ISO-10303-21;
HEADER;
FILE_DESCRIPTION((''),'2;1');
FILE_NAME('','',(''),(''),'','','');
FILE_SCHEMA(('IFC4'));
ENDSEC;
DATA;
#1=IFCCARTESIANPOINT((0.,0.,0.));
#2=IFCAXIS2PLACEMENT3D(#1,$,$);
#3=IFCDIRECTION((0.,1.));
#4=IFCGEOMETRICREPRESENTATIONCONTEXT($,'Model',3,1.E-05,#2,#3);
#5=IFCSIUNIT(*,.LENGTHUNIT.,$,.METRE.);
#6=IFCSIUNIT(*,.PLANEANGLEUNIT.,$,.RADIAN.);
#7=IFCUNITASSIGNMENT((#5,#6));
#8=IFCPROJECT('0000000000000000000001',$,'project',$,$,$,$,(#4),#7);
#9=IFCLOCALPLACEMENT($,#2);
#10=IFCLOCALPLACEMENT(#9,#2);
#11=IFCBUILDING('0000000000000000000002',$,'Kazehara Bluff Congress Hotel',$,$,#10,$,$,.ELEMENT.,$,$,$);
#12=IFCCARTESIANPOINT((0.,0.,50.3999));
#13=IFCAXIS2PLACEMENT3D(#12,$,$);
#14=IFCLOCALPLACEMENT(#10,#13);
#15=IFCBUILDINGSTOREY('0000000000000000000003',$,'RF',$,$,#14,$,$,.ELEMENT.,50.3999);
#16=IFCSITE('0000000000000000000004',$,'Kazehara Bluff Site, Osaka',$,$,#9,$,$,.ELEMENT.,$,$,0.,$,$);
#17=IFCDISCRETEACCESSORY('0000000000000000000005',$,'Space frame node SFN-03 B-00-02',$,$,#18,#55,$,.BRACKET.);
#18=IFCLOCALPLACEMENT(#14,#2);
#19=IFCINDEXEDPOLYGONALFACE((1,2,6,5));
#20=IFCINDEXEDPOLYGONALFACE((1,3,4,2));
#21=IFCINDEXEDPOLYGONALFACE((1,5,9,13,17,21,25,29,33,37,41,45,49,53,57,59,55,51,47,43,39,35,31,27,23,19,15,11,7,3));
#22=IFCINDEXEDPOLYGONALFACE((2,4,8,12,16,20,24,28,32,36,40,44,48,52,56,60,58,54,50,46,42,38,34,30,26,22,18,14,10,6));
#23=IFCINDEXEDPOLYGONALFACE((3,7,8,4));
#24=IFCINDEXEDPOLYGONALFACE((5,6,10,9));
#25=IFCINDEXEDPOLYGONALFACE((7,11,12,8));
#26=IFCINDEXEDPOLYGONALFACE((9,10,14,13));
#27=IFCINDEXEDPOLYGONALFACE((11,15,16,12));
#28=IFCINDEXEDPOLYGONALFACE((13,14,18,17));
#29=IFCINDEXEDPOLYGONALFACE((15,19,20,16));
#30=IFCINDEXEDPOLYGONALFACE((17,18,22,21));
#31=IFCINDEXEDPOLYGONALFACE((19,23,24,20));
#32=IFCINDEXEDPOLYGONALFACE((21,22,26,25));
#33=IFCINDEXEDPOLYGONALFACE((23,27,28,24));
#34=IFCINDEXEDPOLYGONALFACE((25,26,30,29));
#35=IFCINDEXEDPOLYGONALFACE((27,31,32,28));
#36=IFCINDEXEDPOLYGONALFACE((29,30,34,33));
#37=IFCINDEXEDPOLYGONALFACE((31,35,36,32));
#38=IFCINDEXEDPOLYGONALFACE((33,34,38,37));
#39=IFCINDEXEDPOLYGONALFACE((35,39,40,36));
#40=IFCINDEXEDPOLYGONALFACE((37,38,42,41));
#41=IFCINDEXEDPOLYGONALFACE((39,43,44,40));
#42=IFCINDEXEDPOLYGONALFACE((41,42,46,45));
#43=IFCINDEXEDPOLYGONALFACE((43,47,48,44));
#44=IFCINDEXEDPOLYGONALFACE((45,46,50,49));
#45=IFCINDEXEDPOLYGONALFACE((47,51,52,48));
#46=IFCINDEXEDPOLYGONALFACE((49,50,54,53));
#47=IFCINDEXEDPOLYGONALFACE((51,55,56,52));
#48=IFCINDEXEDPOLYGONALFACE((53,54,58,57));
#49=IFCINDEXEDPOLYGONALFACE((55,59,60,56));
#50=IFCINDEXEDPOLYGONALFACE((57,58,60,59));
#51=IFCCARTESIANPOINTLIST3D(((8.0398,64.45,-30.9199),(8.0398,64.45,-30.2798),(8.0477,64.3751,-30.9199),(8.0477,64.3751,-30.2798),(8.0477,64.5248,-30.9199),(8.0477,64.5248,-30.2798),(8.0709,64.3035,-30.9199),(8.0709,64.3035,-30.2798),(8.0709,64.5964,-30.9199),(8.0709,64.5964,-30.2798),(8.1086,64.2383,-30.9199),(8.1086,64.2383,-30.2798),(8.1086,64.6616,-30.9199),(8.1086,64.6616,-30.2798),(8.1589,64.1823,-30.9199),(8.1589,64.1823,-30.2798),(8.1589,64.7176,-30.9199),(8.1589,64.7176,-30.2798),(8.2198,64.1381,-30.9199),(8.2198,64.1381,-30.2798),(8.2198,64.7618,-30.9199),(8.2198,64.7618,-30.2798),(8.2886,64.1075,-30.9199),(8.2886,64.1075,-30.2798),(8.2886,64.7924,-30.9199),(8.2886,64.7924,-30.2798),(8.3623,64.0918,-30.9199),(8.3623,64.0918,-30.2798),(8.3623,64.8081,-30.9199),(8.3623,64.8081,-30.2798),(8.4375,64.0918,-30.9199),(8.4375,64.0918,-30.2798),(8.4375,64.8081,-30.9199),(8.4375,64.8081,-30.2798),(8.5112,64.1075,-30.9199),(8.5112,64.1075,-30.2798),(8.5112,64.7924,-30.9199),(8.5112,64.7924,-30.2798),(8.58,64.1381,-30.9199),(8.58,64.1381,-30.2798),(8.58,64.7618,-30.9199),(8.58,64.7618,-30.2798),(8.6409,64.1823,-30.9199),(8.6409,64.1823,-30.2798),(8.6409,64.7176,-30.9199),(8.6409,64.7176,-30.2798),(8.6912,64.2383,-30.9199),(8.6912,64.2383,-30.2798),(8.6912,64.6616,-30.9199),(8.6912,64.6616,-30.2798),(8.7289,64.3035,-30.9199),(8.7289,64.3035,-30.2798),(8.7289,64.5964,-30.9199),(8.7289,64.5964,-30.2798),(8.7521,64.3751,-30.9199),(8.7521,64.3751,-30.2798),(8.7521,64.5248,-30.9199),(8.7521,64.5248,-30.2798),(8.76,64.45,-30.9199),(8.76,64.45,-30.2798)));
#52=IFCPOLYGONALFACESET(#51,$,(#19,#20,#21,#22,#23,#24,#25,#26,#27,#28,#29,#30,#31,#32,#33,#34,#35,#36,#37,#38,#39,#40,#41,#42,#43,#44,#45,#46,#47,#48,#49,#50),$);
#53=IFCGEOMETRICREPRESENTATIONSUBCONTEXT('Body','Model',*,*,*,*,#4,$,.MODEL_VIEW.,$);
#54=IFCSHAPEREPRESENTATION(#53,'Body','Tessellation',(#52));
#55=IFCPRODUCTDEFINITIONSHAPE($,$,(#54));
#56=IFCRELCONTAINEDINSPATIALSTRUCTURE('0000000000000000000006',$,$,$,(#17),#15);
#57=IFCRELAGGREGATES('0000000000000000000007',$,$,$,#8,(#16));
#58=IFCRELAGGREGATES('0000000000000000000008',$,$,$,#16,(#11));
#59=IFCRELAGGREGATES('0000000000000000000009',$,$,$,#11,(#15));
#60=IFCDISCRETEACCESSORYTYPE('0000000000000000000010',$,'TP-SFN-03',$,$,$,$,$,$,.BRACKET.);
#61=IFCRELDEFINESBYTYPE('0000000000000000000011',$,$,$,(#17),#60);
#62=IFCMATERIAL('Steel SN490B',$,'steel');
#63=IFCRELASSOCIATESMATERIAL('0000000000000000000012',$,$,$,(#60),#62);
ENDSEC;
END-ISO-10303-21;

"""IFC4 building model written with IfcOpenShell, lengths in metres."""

from ifc_helpers import new_model, si_unit, direction, frame, origin, origin_2d, place, context, subcontext, project, spatial, circle, extrude, material, material_profile, profile_set, type_object, element, save


model = new_model("IFC4")

# Units and contexts
model_context = context("Model", 3, precision=1e-05, world=origin(), true_north=direction((0.0, 1.0)))
body_context = subcontext(model_context, "Body", "Model", "MODEL_VIEW")
ifc_project = project(units=[si_unit("LENGTHUNIT", "METRE"), si_unit("PLANEANGLEUNIT", "RADIAN")], contexts=[model_context])

# Site, building, storey
site_placement = place(None, origin())
site = spatial("IfcSite", under=ifc_project, at=site_placement, Name="Kazehara Bluff Site, Osaka", CompositionType="ELEMENT", RefElevation=0.0)
building_placement = place(site_placement, origin())
building = spatial("IfcBuilding", under=site, at=building_placement, Name="Kazehara Bluff Congress Hotel", CompositionType="ELEMENT")
storey_placement = place(building_placement, frame((0.0, 0.0, 50.3999)))
storey = spatial("IfcBuildingStorey", under=building, at=storey_placement, Name="RF", CompositionType="ELEMENT", Elevation=50.3999)

# Discrete accessory
ifc_material_1 = material(Name="Steel SN490B", Category="steel")
ifc_material_profile_1 = material_profile(ifc_material_1, circle(Radius=0.3601, at=origin_2d()))
ifc_profile_set_1 = profile_set([ifc_material_profile_1], Name="Steel SN490B")
discrete_accessory_type_1 = type_object("IfcDiscreteAccessoryType", Name="TP-SFN-03", PredefinedType="BRACKET", material=ifc_profile_set_1)
discrete_accessory_1_placement = place(storey_placement, frame((8.3999, 64.45, -30.9199), z_axis=(0.0, 0.0, 1.0), x_axis=(1.0, 0.0, 0.0)))
element("IfcDiscreteAccessory", 1, at=discrete_accessory_1_placement, inside=storey, type_object=discrete_accessory_type_1, Name="Space frame node SFN-03 B-00-02", PredefinedType="BRACKET", context=body_context, shape_type="SweptSolid", body=[
    extrude(circle(Radius=0.3601, at=origin_2d()), origin(), (0.0, 0.0, 1.0), 0.6401),
])

save(model, "model.ifc")
